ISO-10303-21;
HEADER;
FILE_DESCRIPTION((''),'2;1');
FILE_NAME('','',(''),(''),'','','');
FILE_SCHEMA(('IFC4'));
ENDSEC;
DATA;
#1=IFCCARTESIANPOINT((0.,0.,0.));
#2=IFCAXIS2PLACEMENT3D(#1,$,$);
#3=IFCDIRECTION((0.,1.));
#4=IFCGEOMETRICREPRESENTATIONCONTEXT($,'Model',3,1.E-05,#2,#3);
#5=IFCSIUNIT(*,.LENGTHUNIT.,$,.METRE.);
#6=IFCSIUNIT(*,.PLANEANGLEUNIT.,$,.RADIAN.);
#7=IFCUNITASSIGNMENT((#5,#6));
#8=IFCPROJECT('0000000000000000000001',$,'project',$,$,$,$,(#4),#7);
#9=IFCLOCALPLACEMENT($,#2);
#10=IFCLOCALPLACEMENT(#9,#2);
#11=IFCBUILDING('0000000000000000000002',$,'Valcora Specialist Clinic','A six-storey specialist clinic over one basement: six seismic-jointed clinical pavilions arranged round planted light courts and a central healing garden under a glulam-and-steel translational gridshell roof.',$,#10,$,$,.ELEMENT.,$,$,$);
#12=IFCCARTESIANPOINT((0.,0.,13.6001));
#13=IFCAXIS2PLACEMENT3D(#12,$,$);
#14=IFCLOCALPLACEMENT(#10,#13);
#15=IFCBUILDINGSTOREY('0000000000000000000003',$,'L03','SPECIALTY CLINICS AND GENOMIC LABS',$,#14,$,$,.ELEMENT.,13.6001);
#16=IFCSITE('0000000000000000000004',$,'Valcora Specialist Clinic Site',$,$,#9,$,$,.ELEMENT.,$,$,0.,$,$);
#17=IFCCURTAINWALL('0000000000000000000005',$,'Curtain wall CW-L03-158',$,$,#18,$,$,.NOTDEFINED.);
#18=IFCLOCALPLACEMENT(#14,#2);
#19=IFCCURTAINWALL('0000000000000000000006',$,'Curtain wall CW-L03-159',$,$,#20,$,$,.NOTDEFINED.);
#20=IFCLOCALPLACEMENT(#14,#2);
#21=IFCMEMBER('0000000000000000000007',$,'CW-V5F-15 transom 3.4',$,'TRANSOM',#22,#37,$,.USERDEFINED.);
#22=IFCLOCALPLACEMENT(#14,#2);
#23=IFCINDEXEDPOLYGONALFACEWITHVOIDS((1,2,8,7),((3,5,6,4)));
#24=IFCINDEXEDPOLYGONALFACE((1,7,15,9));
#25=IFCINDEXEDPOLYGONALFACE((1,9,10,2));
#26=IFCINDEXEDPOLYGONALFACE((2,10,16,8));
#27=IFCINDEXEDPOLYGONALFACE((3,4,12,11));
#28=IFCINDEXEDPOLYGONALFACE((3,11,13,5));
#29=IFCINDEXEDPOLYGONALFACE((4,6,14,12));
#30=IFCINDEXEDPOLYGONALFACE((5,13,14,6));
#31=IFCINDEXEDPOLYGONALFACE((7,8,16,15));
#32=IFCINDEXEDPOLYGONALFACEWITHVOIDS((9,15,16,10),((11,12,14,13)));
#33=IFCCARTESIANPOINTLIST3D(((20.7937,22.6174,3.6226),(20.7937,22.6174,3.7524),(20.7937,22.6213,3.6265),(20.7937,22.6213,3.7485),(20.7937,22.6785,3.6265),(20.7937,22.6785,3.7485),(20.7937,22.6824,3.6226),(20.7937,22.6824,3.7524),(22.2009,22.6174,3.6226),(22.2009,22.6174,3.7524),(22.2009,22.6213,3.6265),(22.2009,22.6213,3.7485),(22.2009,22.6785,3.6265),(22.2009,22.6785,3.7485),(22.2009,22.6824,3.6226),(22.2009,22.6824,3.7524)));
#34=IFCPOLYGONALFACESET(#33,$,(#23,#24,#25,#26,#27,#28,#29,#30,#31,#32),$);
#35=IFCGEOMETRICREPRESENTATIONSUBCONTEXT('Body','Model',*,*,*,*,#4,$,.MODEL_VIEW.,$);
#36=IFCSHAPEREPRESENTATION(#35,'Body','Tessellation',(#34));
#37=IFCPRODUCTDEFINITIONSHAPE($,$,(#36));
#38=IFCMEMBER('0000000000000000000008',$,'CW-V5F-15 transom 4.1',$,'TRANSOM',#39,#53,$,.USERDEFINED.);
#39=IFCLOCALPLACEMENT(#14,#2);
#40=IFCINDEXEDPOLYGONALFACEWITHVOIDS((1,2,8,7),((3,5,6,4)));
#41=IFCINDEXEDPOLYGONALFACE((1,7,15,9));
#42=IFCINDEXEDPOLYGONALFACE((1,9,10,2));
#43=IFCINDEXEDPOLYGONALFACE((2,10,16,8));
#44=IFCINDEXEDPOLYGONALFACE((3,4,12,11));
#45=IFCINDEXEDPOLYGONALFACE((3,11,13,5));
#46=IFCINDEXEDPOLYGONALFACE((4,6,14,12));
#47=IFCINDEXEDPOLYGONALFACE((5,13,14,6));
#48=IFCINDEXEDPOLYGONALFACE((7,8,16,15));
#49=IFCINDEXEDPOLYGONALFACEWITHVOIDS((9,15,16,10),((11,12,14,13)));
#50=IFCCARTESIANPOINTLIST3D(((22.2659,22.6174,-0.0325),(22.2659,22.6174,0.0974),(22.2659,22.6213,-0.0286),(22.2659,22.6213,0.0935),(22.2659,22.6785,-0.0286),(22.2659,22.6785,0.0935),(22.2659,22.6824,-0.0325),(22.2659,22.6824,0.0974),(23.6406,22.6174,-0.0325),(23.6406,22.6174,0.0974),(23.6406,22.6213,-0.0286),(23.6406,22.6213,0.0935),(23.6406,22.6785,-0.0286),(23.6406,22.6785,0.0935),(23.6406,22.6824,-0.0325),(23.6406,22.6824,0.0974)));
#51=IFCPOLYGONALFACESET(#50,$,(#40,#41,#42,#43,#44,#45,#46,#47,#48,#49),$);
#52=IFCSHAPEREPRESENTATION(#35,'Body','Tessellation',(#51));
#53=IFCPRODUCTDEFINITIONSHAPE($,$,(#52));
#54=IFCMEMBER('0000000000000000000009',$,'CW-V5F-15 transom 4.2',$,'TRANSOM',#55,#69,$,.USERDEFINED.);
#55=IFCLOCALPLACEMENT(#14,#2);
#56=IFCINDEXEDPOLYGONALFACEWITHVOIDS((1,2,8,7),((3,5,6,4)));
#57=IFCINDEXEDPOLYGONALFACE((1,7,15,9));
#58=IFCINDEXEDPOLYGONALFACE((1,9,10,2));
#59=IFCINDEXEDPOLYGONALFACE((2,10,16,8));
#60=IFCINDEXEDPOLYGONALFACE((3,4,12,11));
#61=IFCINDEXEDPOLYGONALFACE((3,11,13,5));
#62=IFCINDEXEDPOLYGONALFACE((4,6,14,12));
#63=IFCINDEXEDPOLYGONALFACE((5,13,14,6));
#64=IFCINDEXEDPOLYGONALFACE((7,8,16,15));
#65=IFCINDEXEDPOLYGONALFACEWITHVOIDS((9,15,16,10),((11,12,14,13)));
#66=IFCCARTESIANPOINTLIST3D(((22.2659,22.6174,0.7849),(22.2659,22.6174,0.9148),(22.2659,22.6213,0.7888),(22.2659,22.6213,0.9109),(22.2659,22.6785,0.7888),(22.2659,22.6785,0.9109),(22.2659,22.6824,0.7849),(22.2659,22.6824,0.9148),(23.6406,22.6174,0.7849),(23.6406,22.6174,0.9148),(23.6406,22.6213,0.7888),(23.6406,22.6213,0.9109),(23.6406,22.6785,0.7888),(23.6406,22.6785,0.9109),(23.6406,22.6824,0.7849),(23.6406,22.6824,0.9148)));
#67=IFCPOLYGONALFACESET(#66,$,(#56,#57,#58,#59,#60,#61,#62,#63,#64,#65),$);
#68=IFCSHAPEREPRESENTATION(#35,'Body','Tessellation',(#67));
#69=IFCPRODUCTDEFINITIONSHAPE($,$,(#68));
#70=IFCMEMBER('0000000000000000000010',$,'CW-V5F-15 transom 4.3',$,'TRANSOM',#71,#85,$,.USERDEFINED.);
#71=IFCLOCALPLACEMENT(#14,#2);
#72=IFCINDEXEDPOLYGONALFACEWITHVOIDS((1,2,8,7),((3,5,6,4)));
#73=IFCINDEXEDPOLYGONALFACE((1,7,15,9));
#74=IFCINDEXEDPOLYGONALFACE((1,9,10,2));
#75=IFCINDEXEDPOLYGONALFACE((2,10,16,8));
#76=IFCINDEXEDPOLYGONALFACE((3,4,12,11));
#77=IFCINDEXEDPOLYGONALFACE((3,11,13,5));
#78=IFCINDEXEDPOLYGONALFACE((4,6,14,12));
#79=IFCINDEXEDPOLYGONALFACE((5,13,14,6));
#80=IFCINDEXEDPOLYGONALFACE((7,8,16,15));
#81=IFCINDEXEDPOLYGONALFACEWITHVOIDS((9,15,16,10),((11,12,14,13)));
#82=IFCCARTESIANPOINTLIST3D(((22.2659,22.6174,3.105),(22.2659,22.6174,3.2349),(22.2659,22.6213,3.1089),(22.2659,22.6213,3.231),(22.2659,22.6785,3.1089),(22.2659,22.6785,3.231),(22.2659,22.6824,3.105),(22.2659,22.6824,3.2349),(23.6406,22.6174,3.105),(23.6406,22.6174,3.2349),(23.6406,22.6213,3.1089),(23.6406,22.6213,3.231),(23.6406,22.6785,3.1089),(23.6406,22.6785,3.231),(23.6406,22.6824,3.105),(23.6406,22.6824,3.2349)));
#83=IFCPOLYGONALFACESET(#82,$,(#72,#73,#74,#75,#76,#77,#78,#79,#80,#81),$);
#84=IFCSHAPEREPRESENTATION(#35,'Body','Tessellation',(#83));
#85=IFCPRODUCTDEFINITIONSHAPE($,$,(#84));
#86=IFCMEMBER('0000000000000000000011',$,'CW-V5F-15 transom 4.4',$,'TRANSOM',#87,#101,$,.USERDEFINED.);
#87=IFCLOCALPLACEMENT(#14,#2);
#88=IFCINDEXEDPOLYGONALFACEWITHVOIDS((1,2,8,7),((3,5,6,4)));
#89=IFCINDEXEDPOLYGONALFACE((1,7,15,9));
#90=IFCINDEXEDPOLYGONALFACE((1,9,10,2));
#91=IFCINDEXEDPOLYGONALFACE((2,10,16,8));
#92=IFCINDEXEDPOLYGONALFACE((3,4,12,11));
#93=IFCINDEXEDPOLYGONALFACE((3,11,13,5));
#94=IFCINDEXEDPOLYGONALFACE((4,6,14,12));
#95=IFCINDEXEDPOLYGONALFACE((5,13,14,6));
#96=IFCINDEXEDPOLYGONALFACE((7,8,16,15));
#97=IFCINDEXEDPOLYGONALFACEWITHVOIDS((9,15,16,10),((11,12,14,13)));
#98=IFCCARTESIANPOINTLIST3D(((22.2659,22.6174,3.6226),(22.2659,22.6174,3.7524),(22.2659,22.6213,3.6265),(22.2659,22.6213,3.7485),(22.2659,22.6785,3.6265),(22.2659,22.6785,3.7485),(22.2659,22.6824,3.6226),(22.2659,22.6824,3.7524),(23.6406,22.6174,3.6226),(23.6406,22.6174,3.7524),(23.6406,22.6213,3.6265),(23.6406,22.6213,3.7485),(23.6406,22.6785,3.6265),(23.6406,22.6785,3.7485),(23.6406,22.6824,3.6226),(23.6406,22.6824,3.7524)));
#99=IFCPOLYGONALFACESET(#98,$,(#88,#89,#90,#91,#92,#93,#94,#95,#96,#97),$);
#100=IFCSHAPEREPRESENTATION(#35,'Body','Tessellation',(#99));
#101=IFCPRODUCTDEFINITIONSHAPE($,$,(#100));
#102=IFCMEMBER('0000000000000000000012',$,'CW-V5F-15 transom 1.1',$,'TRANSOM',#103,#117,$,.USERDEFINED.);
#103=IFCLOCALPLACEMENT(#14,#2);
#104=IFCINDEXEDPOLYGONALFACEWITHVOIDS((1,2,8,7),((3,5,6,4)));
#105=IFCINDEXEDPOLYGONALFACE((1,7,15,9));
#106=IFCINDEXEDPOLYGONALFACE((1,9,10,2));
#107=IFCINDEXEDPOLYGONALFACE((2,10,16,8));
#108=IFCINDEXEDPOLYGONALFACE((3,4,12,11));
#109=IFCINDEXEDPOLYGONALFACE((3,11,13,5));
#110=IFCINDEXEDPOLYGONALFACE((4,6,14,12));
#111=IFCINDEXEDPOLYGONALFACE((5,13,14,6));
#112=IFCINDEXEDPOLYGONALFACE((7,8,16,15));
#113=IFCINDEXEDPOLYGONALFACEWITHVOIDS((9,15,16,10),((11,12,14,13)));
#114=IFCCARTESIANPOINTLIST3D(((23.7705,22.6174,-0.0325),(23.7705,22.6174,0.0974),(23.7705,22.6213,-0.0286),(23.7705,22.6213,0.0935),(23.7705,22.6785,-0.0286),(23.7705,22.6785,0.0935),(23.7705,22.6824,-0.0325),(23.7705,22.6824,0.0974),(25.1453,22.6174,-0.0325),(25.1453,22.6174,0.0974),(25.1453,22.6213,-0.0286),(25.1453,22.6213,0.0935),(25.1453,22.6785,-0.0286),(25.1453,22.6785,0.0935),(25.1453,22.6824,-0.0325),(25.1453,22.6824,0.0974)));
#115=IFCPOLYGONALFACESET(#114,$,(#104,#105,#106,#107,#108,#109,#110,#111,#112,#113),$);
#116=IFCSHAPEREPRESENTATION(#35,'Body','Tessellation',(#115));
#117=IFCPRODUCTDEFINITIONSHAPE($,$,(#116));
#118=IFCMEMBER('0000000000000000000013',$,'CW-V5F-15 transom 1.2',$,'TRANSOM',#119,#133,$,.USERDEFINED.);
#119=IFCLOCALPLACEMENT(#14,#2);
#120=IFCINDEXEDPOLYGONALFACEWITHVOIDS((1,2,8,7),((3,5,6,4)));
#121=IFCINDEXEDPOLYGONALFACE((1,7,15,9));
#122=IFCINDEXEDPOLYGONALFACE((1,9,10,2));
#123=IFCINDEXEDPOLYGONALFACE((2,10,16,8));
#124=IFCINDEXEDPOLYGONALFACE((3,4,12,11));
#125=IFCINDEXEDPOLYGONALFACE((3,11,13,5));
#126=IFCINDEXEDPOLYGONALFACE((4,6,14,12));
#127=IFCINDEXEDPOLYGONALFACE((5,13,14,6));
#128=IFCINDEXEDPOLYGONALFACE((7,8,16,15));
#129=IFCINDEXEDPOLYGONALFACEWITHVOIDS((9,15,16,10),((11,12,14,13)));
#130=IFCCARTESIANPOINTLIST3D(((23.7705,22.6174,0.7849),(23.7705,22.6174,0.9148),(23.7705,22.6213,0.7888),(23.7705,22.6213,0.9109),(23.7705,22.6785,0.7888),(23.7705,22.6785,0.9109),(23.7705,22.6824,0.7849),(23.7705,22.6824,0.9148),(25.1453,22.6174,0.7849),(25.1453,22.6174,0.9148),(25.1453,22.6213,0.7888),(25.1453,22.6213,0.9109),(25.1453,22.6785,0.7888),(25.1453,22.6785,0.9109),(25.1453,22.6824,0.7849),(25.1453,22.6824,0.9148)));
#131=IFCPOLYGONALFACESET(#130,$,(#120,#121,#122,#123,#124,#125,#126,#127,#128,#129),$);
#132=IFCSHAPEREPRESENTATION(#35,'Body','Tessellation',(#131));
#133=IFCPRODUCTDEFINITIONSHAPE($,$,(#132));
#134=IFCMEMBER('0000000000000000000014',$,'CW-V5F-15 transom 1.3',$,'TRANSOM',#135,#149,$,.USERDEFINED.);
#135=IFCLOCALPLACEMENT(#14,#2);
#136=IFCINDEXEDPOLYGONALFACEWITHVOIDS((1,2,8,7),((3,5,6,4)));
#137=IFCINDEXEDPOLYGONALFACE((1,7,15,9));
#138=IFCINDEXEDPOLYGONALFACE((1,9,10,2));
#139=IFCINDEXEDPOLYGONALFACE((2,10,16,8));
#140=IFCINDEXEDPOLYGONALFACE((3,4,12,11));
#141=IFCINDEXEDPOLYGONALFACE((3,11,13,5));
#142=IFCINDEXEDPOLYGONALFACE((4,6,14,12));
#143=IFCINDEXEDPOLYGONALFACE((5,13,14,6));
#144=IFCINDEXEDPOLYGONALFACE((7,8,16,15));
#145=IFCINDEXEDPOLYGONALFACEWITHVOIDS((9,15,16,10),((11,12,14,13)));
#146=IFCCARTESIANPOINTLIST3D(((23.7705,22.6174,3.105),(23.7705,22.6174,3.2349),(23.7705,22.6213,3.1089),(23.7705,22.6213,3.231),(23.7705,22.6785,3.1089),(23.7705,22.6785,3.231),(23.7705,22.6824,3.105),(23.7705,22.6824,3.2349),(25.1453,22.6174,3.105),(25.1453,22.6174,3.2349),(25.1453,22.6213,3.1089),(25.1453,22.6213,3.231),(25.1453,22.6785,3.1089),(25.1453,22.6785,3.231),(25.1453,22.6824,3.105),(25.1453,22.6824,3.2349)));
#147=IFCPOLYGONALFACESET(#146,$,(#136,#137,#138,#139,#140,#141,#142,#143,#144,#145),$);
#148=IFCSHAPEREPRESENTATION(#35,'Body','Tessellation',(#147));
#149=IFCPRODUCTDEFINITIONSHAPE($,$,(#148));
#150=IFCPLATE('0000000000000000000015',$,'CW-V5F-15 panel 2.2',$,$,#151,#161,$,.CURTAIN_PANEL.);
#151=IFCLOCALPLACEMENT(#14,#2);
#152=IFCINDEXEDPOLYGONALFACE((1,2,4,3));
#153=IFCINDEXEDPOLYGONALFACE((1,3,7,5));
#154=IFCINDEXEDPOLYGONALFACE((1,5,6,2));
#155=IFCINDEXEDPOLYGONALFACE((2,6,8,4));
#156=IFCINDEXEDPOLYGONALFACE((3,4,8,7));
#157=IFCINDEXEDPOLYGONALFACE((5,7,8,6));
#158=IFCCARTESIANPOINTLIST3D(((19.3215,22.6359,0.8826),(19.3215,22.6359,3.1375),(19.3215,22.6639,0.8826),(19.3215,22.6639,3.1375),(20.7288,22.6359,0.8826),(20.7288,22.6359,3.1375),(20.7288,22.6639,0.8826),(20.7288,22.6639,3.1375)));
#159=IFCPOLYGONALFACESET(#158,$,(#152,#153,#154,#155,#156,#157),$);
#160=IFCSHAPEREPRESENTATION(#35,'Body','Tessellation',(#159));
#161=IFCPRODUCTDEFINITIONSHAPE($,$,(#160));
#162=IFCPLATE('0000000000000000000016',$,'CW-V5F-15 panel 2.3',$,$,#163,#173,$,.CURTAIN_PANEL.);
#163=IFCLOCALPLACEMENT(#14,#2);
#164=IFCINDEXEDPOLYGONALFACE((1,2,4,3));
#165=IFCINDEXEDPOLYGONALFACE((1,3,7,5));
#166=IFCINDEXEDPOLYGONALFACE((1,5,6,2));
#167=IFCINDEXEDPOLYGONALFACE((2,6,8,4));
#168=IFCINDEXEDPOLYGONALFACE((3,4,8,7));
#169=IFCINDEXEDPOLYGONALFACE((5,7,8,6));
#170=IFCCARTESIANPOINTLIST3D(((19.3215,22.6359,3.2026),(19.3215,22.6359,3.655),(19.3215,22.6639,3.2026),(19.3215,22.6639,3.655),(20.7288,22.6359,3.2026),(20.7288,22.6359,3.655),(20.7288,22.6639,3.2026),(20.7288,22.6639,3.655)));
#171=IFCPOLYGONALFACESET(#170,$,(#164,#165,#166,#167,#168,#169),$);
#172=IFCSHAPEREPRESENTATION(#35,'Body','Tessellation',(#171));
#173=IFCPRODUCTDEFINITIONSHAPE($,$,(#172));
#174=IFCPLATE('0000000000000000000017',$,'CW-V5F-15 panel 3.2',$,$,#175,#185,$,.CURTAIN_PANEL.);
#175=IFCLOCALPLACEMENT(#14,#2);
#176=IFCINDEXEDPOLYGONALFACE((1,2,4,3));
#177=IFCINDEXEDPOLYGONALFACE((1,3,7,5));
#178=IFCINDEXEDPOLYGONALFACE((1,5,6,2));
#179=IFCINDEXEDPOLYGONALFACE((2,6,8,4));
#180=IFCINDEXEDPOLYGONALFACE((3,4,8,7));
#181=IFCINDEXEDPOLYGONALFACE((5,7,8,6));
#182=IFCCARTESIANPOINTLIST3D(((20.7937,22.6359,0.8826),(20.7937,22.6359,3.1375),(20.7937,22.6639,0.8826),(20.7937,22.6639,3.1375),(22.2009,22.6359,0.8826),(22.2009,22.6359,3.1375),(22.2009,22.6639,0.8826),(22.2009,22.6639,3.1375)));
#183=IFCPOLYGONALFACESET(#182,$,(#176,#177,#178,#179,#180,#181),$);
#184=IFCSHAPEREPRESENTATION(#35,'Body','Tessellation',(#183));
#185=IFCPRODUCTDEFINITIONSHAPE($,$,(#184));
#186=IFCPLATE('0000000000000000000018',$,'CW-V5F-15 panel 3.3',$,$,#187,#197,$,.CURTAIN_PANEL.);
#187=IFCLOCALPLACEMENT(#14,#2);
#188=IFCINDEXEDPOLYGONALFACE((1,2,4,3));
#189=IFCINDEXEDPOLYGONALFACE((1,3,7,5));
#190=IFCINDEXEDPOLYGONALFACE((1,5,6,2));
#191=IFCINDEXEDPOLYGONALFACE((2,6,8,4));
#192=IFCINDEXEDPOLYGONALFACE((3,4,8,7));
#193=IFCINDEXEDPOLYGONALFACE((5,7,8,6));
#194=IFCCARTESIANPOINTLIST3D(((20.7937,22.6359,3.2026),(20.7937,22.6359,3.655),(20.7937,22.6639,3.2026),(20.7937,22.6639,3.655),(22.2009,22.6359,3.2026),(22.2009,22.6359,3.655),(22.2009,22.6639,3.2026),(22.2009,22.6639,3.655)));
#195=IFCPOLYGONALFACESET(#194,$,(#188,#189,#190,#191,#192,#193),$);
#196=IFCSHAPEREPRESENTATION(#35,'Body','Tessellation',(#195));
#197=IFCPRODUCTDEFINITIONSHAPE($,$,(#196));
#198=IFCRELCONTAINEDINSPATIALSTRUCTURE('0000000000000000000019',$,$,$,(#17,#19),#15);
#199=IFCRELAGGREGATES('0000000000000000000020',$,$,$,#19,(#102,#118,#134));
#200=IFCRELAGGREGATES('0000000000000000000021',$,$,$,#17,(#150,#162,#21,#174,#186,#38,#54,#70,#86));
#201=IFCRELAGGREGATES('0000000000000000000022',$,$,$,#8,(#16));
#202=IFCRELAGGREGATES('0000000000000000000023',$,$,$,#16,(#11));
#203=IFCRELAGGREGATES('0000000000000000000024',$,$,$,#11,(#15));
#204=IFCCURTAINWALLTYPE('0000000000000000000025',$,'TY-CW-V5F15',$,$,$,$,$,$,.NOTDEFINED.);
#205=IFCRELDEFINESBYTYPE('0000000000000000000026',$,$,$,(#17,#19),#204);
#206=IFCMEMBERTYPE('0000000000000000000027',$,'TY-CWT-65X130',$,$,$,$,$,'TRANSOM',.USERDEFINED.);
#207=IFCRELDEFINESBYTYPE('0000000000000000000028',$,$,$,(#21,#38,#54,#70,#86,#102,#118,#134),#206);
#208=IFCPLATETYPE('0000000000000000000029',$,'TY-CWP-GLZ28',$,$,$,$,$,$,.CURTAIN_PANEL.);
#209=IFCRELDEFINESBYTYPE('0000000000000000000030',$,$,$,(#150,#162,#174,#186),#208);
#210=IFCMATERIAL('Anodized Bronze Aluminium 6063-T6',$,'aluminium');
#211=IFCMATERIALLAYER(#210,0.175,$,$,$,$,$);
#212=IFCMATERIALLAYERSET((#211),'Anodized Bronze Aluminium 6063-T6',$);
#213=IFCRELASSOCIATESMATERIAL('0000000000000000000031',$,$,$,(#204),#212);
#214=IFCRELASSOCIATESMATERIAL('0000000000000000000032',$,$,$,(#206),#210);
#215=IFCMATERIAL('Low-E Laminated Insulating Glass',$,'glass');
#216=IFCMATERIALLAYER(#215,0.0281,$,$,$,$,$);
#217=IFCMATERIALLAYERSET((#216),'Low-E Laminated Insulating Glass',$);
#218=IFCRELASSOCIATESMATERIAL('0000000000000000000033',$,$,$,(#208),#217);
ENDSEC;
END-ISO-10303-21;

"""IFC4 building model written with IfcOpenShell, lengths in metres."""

from ifc_helpers import new_model, si_unit, direction, frame, origin, origin_2d, place, context, subcontext, project, spatial, rectangle, hollow_rectangle, extrude, material, layer, layer_set, material_profile, profile_set, type_object, element, aggregate, save


model = new_model("IFC4")

# Units and contexts
model_context = context("Model", 3, precision=1e-05, world=origin(), true_north=direction((0.0, 1.0)))
body_context = subcontext(model_context, "Body", "Model", "MODEL_VIEW")
ifc_project = project(units=[si_unit("LENGTHUNIT", "METRE"), si_unit("PLANEANGLEUNIT", "RADIAN")], contexts=[model_context])

# Site, building, storey
site_placement = place(None, origin())
site = spatial("IfcSite", under=ifc_project, at=site_placement, Name="Valcora Specialist Clinic Site", CompositionType="ELEMENT", RefElevation=0.0)
building_placement = place(site_placement, origin())
building = spatial("IfcBuilding", under=site, at=building_placement, Name="Valcora Specialist Clinic", Description="A six-storey specialist clinic over one basement: six seismic-jointed clinical pavilions arranged round planted light courts and a central healing garden under a glulam-and-steel translational gridshell roof.", CompositionType="ELEMENT")
storey_placement = place(building_placement, frame((0.0, 0.0, 13.6001)))
storey = spatial("IfcBuildingStorey", under=building, at=storey_placement, Name="L03", Description="SPECIALTY CLINICS AND GENOMIC LABS", CompositionType="ELEMENT", Elevation=13.6001)

# Curtain wall
ifc_material_1 = material(Name="Anodized Bronze Aluminium 6063-T6", Category="aluminium")
ifc_layer_1 = layer(ifc_material_1, 0.175)
ifc_layer_set_1 = layer_set([ifc_layer_1], Name="Anodized Bronze Aluminium 6063-T6")
curtain_wall_type = type_object("IfcCurtainWallType", Name="TY-CW-V5F15", PredefinedType="NOTDEFINED", material=ifc_layer_set_1)
curtain_wall_1_placement = place(storey_placement, origin())
curtain_wall_1 = element("IfcCurtainWall", 1, at=curtain_wall_1_placement, inside=storey, type_object=curtain_wall_type, Name="Curtain wall CW-L03-158", PredefinedType="NOTDEFINED")

# Curtain wall
curtain_wall_2_placement = place(storey_placement, origin())
curtain_wall_2 = element("IfcCurtainWall", 2, at=curtain_wall_2_placement, inside=storey, type_object=curtain_wall_type, Name="Curtain wall CW-L03-159", PredefinedType="NOTDEFINED")

# Members
ifc_material_profile_1 = material_profile(ifc_material_1, hollow_rectangle(XDim=0.0649, YDim=0.1299, WallThickness=0.0039, at=origin_2d()), Name="AL-TRN-65X130")
ifc_profile_set_1 = profile_set([ifc_material_profile_1], Name="Anodized Bronze Aluminium 6063-T6")
member_type_1 = type_object("IfcMemberType", Name="TY-CWT-65X130", ElementType="TRANSOM", PredefinedType="USERDEFINED", material=ifc_profile_set_1)
member_1_placement = place(storey_placement, frame((20.7937, 22.6499, 3.6875), z_axis=(1.0, 0.0, 0.0), x_axis=(0.0, 1.0, 0.0)))
member_1 = element("IfcMember", 3, at=member_1_placement, type_object=member_type_1, Name="CW-V5F-15 transom 3.4", ObjectType="TRANSOM", PredefinedType="USERDEFINED", context=body_context, shape_type="SweptSolid", body=[
    extrude(hollow_rectangle(XDim=0.0649, YDim=0.1299, WallThickness=0.0039, at=origin_2d()), origin(), (0.0, 0.0, 1.0), 1.4072),
])
member_2_placement = place(storey_placement, frame((22.2659, 22.6499, 0.0325), z_axis=(1.0, 0.0, 0.0), x_axis=(0.0, 1.0, 0.0)))
member_2 = element("IfcMember", 4, at=member_2_placement, type_object=member_type_1, Name="CW-V5F-15 transom 4.1", ObjectType="TRANSOM", PredefinedType="USERDEFINED", context=body_context, shape_type="SweptSolid", body=[
    extrude(hollow_rectangle(XDim=0.0649, YDim=0.1299, WallThickness=0.0039, at=origin_2d()), origin(), (0.0, 0.0, 1.0), 1.3748),
])
member_3_placement = place(storey_placement, frame((22.2659, 22.6499, 0.8499), z_axis=(1.0, 0.0, 0.0), x_axis=(0.0, 1.0, 0.0)))
member_3 = element("IfcMember", 5, at=member_3_placement, type_object=member_type_1, Name="CW-V5F-15 transom 4.2", ObjectType="TRANSOM", PredefinedType="USERDEFINED", context=body_context, shape_type="SweptSolid", body=[
    extrude(hollow_rectangle(XDim=0.0649, YDim=0.1299, WallThickness=0.0039, at=origin_2d()), origin(), (0.0, 0.0, 1.0), 1.3748),
])
member_4_placement = place(storey_placement, frame((22.2659, 22.6499, 3.1699), z_axis=(1.0, 0.0, 0.0), x_axis=(0.0, 1.0, 0.0)))
member_4 = element("IfcMember", 6, at=member_4_placement, type_object=member_type_1, Name="CW-V5F-15 transom 4.3", ObjectType="TRANSOM", PredefinedType="USERDEFINED", context=body_context, shape_type="SweptSolid", body=[
    extrude(hollow_rectangle(XDim=0.0649, YDim=0.1299, WallThickness=0.0039, at=origin_2d()), origin(), (0.0, 0.0, 1.0), 1.3748),
])
member_5_placement = place(storey_placement, frame((22.2659, 22.6499, 3.6875), z_axis=(1.0, 0.0, 0.0), x_axis=(0.0, 1.0, 0.0)))
member_5 = element("IfcMember", 7, at=member_5_placement, type_object=member_type_1, Name="CW-V5F-15 transom 4.4", ObjectType="TRANSOM", PredefinedType="USERDEFINED", context=body_context, shape_type="SweptSolid", body=[
    extrude(hollow_rectangle(XDim=0.0649, YDim=0.1299, WallThickness=0.0039, at=origin_2d()), origin(), (0.0, 0.0, 1.0), 1.3748),
])
member_6_placement = place(storey_placement, frame((23.7705, 22.6499, 0.0325), z_axis=(1.0, 0.0, 0.0), x_axis=(0.0, 1.0, 0.0)))
member_6 = element("IfcMember", 8, at=member_6_placement, type_object=member_type_1, Name="CW-V5F-15 transom 1.1", ObjectType="TRANSOM", PredefinedType="USERDEFINED", context=body_context, shape_type="SweptSolid", body=[
    extrude(hollow_rectangle(XDim=0.0649, YDim=0.1299, WallThickness=0.0039, at=origin_2d()), origin(), (0.0, 0.0, 1.0), 1.3748),
])
member_7_placement = place(storey_placement, frame((23.7705, 22.6499, 0.8499), z_axis=(1.0, 0.0, 0.0), x_axis=(0.0, 1.0, 0.0)))
member_7 = element("IfcMember", 9, at=member_7_placement, type_object=member_type_1, Name="CW-V5F-15 transom 1.2", ObjectType="TRANSOM", PredefinedType="USERDEFINED", context=body_context, shape_type="SweptSolid", body=[
    extrude(hollow_rectangle(XDim=0.0649, YDim=0.1299, WallThickness=0.0039, at=origin_2d()), origin(), (0.0, 0.0, 1.0), 1.3748),
])
member_8_placement = place(storey_placement, frame((23.7705, 22.6499, 3.1699), z_axis=(1.0, 0.0, 0.0), x_axis=(0.0, 1.0, 0.0)))
member_8 = element("IfcMember", 10, at=member_8_placement, type_object=member_type_1, Name="CW-V5F-15 transom 1.3", ObjectType="TRANSOM", PredefinedType="USERDEFINED", context=body_context, shape_type="SweptSolid", body=[
    extrude(hollow_rectangle(XDim=0.0649, YDim=0.1299, WallThickness=0.0039, at=origin_2d()), origin(), (0.0, 0.0, 1.0), 1.3748),
])
aggregate(curtain_wall_2, [member_6, member_7, member_8])

# Plates
ifc_material_2 = material(Name="Low-E Laminated Insulating Glass", Category="glass")
ifc_layer_2 = layer(ifc_material_2, 0.0281)
ifc_layer_set_2 = layer_set([ifc_layer_2], Name="Low-E Laminated Insulating Glass")
plate_type_1 = type_object("IfcPlateType", Name="TY-CWP-GLZ28", PredefinedType="CURTAIN_PANEL", material=ifc_layer_set_2)
plate_1_placement = place(storey_placement, frame((20.0251, 22.6499, 0.8826), z_axis=(0.0, 0.0, 1.0), x_axis=(1.0, 0.0, 0.0)))
plate_1 = element("IfcPlate", 11, at=plate_1_placement, type_object=plate_type_1, Name="CW-V5F-15 panel 2.2", PredefinedType="CURTAIN_PANEL", context=body_context, shape_type="SweptSolid", body=[
    extrude(rectangle(XDim=1.4072, YDim=0.0281, at=origin_2d()), origin(), (0.0, 0.0, 1.0), 2.2549),
])
plate_2_placement = place(storey_placement, frame((20.0251, 22.6499, 3.2026), z_axis=(0.0, 0.0, 1.0), x_axis=(1.0, 0.0, 0.0)))
plate_2 = element("IfcPlate", 12, at=plate_2_placement, type_object=plate_type_1, Name="CW-V5F-15 panel 2.3", PredefinedType="CURTAIN_PANEL", context=body_context, shape_type="SweptSolid", body=[
    extrude(rectangle(XDim=1.4072, YDim=0.0281, at=origin_2d()), origin(), (0.0, 0.0, 1.0), 0.4524),
])
plate_3_placement = place(storey_placement, frame((21.4973, 22.6499, 0.8826), z_axis=(0.0, 0.0, 1.0), x_axis=(1.0, 0.0, 0.0)))
plate_3 = element("IfcPlate", 13, at=plate_3_placement, type_object=plate_type_1, Name="CW-V5F-15 panel 3.2", PredefinedType="CURTAIN_PANEL", context=body_context, shape_type="SweptSolid", body=[
    extrude(rectangle(XDim=1.4072, YDim=0.0281, at=origin_2d()), origin(), (0.0, 0.0, 1.0), 2.2549),
])
plate_4_placement = place(storey_placement, frame((21.4973, 22.6499, 3.2026), z_axis=(0.0, 0.0, 1.0), x_axis=(1.0, 0.0, 0.0)))
plate_4 = element("IfcPlate", 14, at=plate_4_placement, type_object=plate_type_1, Name="CW-V5F-15 panel 3.3", PredefinedType="CURTAIN_PANEL", context=body_context, shape_type="SweptSolid", body=[
    extrude(rectangle(XDim=1.4072, YDim=0.0281, at=origin_2d()), origin(), (0.0, 0.0, 1.0), 0.4524),
])
aggregate(curtain_wall_1, [plate_1, plate_2, member_1, plate_3, plate_4, member_2, member_3, member_4, member_5])

save(model, "model.ifc")
